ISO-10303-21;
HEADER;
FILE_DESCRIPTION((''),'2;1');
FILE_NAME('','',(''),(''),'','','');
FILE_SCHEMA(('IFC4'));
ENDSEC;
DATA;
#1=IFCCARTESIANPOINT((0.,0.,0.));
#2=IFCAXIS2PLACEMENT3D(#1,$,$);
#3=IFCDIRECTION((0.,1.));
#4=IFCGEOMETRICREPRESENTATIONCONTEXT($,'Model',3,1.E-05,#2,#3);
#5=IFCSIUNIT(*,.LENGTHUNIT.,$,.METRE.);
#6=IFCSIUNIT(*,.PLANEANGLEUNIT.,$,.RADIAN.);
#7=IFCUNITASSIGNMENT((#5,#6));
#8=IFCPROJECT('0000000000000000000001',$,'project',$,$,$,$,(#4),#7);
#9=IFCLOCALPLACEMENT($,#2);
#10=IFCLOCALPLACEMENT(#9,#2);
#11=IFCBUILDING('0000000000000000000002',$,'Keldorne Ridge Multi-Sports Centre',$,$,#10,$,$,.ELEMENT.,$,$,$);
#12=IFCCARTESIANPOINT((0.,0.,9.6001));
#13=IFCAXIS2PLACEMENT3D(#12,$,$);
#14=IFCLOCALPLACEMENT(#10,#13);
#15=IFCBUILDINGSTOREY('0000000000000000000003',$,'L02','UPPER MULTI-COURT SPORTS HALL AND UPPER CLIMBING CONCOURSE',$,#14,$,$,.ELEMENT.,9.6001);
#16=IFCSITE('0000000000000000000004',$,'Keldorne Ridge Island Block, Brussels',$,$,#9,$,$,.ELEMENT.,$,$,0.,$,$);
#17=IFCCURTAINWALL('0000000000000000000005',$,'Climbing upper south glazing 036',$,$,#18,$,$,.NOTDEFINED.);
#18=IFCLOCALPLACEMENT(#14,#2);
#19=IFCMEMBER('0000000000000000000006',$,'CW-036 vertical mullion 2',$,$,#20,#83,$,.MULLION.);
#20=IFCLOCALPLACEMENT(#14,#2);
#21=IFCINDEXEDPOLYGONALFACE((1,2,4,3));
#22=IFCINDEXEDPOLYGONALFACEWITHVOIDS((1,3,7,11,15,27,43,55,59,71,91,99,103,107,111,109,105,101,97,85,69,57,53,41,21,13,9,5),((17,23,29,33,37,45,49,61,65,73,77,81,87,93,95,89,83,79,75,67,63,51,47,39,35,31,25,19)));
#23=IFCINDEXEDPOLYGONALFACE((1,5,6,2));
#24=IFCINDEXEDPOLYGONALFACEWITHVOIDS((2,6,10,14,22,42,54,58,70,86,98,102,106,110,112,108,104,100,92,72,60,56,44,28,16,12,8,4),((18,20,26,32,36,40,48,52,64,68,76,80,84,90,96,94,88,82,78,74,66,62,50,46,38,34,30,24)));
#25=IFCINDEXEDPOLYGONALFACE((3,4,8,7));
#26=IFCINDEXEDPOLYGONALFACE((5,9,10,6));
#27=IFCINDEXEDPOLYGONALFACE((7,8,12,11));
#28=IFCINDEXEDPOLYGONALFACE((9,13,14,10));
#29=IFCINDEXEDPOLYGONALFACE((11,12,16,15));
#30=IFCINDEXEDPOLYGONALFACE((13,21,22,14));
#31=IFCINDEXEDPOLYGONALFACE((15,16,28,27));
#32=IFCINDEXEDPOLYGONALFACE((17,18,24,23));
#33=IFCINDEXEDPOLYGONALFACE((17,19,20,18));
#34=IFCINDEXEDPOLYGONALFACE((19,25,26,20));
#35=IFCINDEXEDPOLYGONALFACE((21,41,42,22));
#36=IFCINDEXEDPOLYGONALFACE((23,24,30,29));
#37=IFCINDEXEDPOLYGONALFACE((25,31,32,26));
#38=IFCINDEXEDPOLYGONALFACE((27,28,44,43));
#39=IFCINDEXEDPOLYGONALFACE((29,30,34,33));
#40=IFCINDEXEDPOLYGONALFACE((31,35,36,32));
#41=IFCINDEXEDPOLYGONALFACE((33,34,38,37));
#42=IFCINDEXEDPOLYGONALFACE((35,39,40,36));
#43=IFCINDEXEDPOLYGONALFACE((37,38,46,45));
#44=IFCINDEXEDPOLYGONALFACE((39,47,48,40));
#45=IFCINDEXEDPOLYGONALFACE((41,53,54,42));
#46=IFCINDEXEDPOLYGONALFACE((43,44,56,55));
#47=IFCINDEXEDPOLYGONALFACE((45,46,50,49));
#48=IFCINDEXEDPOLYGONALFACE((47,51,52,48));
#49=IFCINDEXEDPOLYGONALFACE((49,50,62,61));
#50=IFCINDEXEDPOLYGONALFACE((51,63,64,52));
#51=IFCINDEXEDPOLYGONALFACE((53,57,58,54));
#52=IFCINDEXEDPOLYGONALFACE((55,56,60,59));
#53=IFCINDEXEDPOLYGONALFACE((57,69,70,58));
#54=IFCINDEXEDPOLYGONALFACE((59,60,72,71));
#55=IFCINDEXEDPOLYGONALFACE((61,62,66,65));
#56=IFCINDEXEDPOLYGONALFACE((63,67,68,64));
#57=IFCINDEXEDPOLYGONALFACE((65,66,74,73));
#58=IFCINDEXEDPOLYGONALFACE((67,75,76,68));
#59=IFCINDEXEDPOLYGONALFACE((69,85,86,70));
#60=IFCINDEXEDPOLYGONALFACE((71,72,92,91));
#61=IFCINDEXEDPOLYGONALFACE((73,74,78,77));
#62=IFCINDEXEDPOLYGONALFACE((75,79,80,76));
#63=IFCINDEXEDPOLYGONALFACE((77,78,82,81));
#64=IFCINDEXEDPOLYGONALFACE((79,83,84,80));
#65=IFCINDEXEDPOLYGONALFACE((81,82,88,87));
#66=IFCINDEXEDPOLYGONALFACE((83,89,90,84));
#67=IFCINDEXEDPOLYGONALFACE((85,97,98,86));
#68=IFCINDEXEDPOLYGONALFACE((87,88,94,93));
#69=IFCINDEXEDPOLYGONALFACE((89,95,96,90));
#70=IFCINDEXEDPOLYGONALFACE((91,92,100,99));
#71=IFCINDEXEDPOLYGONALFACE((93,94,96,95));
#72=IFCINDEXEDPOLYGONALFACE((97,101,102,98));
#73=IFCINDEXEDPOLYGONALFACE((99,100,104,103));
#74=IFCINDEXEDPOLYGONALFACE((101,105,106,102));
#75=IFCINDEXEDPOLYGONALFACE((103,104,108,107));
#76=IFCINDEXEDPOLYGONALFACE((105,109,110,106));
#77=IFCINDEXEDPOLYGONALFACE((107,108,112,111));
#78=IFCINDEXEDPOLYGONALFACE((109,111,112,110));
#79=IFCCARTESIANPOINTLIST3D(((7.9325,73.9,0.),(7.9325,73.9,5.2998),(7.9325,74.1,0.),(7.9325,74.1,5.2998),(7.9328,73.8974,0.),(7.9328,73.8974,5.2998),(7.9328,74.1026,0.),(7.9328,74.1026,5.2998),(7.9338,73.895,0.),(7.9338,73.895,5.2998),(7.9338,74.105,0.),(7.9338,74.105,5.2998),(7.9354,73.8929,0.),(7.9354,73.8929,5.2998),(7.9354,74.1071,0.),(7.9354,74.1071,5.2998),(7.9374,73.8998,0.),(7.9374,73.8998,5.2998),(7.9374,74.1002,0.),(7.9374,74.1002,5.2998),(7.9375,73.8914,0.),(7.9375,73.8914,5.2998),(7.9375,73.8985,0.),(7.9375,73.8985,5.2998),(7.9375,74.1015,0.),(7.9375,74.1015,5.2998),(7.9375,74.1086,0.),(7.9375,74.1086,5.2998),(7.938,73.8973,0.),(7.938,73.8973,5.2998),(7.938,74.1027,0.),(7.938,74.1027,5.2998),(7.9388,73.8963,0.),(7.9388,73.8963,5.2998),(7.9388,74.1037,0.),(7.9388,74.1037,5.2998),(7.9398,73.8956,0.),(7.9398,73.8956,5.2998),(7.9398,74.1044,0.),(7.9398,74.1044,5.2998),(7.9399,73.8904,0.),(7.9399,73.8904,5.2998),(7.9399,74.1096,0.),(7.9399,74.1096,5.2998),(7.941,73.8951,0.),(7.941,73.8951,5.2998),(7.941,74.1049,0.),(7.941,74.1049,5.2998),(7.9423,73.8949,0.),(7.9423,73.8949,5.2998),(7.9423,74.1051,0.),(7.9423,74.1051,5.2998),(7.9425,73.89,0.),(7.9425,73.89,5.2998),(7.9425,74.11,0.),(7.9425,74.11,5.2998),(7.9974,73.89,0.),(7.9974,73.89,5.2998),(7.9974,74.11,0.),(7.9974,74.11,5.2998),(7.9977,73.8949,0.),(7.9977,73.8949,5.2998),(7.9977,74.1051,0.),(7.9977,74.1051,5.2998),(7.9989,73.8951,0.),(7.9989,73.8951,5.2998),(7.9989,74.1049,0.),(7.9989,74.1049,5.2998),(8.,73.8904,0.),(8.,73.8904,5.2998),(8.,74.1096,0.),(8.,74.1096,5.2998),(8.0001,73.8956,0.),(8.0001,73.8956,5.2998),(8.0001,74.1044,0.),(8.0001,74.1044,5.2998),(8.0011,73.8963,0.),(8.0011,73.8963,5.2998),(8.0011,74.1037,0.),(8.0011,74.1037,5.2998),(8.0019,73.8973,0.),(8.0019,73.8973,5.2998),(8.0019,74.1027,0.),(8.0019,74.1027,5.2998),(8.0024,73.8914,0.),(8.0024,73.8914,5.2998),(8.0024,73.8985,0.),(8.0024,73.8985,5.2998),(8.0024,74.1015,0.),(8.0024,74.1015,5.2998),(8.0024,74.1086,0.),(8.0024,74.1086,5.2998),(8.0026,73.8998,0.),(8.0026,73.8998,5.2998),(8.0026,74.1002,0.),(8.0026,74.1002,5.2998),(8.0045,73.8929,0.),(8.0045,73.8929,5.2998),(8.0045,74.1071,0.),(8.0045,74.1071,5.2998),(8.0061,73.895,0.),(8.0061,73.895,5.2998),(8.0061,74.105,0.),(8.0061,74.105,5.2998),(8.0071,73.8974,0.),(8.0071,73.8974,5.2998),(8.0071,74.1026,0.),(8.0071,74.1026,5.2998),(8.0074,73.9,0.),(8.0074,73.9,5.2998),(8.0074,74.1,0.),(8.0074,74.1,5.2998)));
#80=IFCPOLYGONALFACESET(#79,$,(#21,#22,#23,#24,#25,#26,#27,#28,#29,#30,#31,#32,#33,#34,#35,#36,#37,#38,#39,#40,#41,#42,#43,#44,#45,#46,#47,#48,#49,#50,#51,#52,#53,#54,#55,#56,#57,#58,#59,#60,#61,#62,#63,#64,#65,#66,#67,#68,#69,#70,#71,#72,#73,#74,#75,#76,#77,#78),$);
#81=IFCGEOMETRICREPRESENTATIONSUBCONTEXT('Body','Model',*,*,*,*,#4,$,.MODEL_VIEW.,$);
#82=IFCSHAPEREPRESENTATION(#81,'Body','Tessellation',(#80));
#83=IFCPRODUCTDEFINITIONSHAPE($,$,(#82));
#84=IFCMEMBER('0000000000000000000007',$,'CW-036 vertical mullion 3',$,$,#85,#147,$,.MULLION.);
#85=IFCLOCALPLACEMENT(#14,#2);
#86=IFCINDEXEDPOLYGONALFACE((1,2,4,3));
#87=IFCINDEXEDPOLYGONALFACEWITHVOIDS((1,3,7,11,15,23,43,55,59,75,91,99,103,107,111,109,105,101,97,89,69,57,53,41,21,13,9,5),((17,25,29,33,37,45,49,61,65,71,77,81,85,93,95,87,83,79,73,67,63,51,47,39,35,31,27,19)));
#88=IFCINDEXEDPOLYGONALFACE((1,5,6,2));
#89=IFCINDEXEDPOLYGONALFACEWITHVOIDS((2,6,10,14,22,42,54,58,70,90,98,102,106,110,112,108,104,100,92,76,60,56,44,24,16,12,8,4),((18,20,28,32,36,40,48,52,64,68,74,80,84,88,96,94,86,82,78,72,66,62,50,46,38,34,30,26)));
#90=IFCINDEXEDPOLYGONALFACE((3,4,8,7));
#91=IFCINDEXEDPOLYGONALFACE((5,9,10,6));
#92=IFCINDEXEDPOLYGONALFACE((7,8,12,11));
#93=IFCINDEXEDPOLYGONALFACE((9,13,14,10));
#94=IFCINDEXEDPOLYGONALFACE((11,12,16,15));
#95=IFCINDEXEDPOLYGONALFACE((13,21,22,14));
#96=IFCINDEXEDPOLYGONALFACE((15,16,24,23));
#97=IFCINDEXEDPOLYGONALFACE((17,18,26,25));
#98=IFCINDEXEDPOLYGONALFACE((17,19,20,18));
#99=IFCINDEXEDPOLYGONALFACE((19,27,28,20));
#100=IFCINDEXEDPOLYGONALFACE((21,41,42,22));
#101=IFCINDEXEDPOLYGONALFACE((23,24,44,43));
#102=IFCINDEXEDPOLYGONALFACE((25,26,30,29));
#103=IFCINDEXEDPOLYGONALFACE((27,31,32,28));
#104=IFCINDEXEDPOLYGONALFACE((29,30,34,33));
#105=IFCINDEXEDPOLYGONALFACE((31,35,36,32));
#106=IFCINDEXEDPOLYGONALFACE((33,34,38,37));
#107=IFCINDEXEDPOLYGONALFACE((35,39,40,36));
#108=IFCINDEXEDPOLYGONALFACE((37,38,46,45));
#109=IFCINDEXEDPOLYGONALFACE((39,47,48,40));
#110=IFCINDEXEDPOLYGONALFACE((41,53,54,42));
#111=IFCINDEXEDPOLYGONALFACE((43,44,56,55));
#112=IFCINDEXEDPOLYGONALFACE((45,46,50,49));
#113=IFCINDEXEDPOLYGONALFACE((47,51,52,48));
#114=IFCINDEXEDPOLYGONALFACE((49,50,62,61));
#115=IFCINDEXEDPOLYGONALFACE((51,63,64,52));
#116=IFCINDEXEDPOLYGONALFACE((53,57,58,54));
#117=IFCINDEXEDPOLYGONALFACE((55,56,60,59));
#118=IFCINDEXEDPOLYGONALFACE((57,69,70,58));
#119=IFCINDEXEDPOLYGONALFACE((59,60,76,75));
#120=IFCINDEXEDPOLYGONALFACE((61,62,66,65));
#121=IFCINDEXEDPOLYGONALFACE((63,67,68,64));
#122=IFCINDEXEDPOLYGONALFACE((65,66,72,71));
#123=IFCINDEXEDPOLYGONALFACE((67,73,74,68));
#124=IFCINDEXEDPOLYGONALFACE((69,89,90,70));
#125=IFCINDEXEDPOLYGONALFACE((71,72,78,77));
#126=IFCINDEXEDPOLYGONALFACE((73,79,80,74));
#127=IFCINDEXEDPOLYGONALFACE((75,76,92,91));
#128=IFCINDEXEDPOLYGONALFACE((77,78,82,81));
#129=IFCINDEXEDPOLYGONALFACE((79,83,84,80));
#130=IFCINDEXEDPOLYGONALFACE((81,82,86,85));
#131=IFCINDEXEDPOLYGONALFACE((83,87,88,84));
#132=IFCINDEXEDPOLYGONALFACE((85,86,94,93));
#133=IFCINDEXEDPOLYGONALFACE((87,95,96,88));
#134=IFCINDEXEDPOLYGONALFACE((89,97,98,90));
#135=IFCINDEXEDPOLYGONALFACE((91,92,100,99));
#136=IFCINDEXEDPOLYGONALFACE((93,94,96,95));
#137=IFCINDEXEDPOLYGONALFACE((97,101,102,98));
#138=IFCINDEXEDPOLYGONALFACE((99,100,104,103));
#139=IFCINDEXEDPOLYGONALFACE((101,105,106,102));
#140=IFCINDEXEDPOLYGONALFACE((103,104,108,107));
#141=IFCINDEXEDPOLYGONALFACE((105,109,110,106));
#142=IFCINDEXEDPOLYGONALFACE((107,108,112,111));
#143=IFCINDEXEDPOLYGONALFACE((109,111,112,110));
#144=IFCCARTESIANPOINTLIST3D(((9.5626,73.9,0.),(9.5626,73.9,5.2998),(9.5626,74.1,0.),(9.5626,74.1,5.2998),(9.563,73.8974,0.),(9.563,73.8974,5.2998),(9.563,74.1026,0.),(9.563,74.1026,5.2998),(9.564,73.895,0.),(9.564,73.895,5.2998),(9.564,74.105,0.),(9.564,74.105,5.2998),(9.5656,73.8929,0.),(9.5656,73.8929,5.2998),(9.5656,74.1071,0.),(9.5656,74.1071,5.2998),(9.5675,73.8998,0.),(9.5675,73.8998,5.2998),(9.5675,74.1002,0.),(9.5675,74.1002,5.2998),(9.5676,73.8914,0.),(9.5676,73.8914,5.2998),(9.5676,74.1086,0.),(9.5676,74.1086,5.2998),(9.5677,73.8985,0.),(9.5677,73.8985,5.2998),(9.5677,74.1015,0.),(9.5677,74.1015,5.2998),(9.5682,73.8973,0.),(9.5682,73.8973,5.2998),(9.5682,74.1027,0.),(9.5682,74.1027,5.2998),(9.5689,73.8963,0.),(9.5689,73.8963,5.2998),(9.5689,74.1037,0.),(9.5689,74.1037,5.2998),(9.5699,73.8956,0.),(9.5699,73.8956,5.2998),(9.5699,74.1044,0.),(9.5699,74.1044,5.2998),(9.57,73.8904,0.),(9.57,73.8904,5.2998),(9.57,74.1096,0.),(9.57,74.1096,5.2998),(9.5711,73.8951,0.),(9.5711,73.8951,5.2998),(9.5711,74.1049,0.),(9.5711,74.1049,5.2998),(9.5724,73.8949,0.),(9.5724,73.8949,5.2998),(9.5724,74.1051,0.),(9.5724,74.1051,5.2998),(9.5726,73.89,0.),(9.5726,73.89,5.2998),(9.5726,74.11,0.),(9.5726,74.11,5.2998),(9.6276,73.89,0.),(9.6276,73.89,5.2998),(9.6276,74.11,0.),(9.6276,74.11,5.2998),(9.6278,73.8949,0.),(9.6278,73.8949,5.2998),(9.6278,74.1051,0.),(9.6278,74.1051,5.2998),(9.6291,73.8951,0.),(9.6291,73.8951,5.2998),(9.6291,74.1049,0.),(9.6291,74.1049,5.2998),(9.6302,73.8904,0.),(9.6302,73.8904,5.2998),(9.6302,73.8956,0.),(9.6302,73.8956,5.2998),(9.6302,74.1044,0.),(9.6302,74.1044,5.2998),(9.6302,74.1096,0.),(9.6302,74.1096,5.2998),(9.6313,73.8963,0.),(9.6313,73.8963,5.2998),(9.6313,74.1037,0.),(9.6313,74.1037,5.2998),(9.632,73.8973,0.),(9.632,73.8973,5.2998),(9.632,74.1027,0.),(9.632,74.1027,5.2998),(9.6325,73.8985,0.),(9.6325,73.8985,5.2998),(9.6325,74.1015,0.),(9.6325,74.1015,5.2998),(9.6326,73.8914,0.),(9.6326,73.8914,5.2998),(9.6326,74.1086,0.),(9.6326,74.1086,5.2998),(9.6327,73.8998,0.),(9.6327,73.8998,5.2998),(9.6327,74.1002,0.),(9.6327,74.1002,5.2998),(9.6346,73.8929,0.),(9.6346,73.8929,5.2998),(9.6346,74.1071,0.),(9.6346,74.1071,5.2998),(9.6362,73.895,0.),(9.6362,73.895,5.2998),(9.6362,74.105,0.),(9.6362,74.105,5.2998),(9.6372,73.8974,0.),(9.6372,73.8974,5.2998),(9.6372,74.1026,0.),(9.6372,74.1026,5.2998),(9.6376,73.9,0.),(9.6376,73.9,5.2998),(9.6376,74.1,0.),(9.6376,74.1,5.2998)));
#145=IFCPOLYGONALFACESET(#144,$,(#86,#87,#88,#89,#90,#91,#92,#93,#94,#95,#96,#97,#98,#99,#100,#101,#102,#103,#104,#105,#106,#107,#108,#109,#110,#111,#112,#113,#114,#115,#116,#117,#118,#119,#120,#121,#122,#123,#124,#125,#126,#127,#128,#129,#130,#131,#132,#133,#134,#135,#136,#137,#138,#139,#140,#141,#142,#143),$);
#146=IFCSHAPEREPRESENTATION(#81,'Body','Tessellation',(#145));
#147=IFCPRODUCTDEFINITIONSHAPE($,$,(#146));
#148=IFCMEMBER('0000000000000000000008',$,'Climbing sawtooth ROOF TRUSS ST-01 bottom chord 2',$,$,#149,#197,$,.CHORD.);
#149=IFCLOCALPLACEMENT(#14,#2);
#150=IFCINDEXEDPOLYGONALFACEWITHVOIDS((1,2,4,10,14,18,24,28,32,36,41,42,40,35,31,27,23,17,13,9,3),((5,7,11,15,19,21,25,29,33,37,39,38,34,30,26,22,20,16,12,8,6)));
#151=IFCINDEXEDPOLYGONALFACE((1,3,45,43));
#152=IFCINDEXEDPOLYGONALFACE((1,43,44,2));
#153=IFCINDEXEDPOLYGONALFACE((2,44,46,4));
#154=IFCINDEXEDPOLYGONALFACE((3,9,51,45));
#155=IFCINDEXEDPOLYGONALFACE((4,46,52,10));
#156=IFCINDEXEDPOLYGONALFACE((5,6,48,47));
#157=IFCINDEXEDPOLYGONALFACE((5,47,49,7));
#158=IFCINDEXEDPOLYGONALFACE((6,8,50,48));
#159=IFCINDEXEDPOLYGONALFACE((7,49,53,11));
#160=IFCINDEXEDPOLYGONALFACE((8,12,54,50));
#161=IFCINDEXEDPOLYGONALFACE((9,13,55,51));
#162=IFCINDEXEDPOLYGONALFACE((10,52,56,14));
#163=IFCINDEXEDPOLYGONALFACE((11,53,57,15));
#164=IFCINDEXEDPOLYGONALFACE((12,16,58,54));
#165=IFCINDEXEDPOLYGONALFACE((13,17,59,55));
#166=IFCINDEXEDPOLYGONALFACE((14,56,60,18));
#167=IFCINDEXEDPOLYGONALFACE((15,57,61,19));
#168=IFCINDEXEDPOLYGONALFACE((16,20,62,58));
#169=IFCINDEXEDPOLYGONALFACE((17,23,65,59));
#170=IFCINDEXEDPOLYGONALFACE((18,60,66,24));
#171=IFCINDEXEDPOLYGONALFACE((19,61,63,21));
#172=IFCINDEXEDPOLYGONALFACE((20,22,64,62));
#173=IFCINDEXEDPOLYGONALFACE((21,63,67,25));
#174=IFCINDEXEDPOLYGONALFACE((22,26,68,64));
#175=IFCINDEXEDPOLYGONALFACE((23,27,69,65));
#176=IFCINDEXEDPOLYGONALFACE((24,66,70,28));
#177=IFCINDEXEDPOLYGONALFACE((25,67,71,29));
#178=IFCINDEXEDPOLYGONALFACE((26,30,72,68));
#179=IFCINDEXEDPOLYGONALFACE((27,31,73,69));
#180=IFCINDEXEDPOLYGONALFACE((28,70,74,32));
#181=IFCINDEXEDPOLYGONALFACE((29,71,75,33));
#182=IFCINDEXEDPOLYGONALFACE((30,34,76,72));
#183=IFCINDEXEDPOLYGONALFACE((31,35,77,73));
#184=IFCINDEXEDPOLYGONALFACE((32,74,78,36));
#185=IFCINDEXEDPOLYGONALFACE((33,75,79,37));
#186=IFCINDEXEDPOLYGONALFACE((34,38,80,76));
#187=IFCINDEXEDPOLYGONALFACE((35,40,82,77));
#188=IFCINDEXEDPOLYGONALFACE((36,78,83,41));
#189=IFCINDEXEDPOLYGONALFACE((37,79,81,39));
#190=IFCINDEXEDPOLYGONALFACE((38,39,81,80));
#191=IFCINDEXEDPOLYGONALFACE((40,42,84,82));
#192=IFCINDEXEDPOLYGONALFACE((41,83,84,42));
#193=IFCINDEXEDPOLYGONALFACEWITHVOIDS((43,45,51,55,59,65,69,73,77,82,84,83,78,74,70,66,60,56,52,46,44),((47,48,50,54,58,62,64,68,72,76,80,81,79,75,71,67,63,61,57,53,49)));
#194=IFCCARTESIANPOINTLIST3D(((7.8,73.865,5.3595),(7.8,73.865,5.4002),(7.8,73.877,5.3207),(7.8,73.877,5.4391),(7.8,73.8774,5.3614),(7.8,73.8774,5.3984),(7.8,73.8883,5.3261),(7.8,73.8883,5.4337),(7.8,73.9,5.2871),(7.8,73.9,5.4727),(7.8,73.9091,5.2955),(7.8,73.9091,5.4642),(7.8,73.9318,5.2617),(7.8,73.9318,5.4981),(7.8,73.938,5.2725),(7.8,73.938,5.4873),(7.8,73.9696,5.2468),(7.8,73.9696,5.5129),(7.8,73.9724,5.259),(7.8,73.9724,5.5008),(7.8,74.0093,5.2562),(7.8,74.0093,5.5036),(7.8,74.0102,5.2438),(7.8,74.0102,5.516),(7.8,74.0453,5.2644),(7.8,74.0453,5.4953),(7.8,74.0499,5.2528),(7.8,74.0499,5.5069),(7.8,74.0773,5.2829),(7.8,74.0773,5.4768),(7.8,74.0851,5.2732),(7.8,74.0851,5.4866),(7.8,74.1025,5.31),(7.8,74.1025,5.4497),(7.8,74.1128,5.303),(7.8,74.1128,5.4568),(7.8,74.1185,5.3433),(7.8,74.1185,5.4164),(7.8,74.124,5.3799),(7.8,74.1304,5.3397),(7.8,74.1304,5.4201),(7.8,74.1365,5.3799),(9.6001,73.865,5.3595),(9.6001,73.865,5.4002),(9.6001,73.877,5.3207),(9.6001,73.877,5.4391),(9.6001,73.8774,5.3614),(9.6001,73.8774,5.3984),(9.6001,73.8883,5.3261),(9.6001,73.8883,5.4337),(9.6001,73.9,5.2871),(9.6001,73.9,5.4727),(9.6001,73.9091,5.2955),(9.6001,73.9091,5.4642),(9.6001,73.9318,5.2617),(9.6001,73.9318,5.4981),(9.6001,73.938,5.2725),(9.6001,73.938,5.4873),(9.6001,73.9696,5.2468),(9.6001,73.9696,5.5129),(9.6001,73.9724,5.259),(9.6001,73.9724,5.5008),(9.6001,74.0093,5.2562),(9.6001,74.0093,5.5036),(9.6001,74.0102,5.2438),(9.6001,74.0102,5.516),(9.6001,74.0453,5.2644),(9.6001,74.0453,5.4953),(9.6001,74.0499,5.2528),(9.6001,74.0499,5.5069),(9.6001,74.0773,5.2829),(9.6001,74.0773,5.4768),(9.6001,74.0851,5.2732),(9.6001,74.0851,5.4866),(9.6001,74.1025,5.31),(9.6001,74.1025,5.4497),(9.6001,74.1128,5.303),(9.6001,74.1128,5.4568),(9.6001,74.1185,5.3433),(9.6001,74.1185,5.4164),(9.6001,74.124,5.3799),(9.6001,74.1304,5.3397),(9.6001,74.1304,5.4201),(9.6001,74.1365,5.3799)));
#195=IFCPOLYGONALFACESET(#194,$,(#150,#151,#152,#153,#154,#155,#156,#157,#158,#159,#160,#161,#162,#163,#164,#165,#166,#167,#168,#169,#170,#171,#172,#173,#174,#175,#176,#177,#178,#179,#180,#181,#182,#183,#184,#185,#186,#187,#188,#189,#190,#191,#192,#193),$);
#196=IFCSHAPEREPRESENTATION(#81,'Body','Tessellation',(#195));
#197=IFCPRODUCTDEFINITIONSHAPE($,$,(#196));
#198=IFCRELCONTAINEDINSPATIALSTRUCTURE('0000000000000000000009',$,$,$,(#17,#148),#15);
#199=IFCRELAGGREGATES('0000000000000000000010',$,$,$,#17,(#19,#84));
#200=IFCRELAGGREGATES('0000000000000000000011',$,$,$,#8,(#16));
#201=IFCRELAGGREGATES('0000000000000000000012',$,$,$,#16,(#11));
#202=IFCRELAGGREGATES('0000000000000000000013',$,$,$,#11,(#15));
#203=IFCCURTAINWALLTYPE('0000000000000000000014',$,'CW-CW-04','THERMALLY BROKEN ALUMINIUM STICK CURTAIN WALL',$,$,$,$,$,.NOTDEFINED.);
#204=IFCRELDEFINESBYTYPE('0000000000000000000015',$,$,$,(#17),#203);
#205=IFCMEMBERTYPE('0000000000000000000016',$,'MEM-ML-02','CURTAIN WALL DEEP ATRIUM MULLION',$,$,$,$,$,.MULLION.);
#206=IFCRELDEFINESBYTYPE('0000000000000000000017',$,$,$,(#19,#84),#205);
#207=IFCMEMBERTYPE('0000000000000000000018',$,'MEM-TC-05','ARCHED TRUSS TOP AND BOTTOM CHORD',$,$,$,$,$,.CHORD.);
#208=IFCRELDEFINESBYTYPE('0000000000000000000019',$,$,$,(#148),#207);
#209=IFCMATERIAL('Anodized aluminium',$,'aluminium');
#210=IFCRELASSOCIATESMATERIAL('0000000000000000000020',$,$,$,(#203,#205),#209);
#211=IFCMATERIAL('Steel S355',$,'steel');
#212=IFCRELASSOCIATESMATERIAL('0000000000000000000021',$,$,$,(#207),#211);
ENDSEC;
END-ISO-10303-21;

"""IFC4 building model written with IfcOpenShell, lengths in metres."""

from ifc_helpers import new_model, si_unit, direction, frame, origin, origin_2d, place, context, subcontext, project, spatial, hollow_rectangle, hollow_circle, extrude, material, material_profile, profile_set, type_object, element, aggregate, save


model = new_model("IFC4")

# Units and contexts
model_context = context("Model", 3, precision=1e-05, world=origin(), true_north=direction((0.0, 1.0)))
body_context = subcontext(model_context, "Body", "Model", "MODEL_VIEW")
ifc_project = project(units=[si_unit("LENGTHUNIT", "METRE"), si_unit("PLANEANGLEUNIT", "RADIAN")], contexts=[model_context])

# Site, building, storey
site_placement = place(None, origin())
site = spatial("IfcSite", under=ifc_project, at=site_placement, Name="Keldorne Ridge Island Block, Brussels", CompositionType="ELEMENT", RefElevation=0.0)
building_placement = place(site_placement, origin())
building = spatial("IfcBuilding", under=site, at=building_placement, Name="Keldorne Ridge Multi-Sports Centre", CompositionType="ELEMENT")
storey_placement = place(building_placement, frame((0.0, 0.0, 9.6001)))
storey = spatial("IfcBuildingStorey", under=building, at=storey_placement, Name="L02", Description="UPPER MULTI-COURT SPORTS HALL AND UPPER CLIMBING CONCOURSE", CompositionType="ELEMENT", Elevation=9.6001)

# Curtain wall, members
ifc_material_1 = material(Name="Anodized aluminium", Category="aluminium")
curtain_wall_type = type_object("IfcCurtainWallType", Name="CW-CW-04", Description="THERMALLY BROKEN ALUMINIUM STICK CURTAIN WALL", PredefinedType="NOTDEFINED", material=ifc_material_1)
curtain_wall_placement = place(storey_placement, origin())
curtain_wall = element("IfcCurtainWall", 1, at=curtain_wall_placement, inside=storey, type_object=curtain_wall_type, Name="Climbing upper south glazing 036", PredefinedType="NOTDEFINED")
ifc_material_profile_1 = material_profile(ifc_material_1, hollow_rectangle(XDim=0.075, YDim=0.22, WallThickness=0.0049, InnerFilletRadius=0.0049, OuterFilletRadius=0.01, at=origin_2d()), Name="ALU MULLION 220x75x5")
ifc_profile_set_1 = profile_set([ifc_material_profile_1], Name="Anodized aluminium")
member_type_1 = type_object("IfcMemberType", Name="MEM-ML-02", Description="CURTAIN WALL DEEP ATRIUM MULLION", PredefinedType="MULLION", material=ifc_profile_set_1)
member_1_placement = place(storey_placement, frame((7.97, 74.0, 0.0), z_axis=(0.0, 0.0, 1.0), x_axis=(1.0, 0.0, 0.0)))
member_1 = element("IfcMember", 2, at=member_1_placement, type_object=member_type_1, Name="CW-036 vertical mullion 2", PredefinedType="MULLION", context=body_context, shape_type="SweptSolid", body=[
    extrude(hollow_rectangle(XDim=0.075, YDim=0.22, WallThickness=0.0049, InnerFilletRadius=0.0049, OuterFilletRadius=0.01, at=origin_2d()), origin(), (0.0, 0.0, 1.0), 5.2998),
])
member_2_placement = place(storey_placement, frame((9.6001, 74.0, 0.0), z_axis=(0.0, 0.0, 1.0), x_axis=(1.0, 0.0, 0.0)))
member_2 = element("IfcMember", 3, at=member_2_placement, type_object=member_type_1, Name="CW-036 vertical mullion 3", PredefinedType="MULLION", context=body_context, shape_type="SweptSolid", body=[
    extrude(hollow_rectangle(XDim=0.075, YDim=0.22, WallThickness=0.0049, InnerFilletRadius=0.0049, OuterFilletRadius=0.01, at=origin_2d()), origin(), (0.0, 0.0, 1.0), 5.2998),
])

# Member
ifc_material_2 = material(Name="Steel S355", Category="steel")
ifc_material_profile_2 = material_profile(ifc_material_2, hollow_circle(Radius=0.1365, WallThickness=0.0125, at=origin_2d()), Name="CHS 273x12.5")
ifc_profile_set_2 = profile_set([ifc_material_profile_2], Name="Steel S355")
member_type_2 = type_object("IfcMemberType", Name="MEM-TC-05", Description="ARCHED TRUSS TOP AND BOTTOM CHORD", PredefinedType="CHORD", material=ifc_profile_set_2)
member_3_placement = place(storey_placement, frame((7.8, 74.0, 5.3799), z_axis=(1.0, 0.0, 0.0), x_axis=(0.0, 1.0, 0.0)))
element("IfcMember", 4, at=member_3_placement, inside=storey, type_object=member_type_2, Name="Climbing sawtooth ROOF TRUSS ST-01 bottom chord 2", PredefinedType="CHORD", context=body_context, shape_type="SweptSolid", body=[
    extrude(hollow_circle(Radius=0.1365, WallThickness=0.0125, at=origin_2d()), origin(), (0.0, 0.0, 1.0), 1.8),
])

aggregate(curtain_wall, [member_1, member_2])

save(model, "model.ifc")
